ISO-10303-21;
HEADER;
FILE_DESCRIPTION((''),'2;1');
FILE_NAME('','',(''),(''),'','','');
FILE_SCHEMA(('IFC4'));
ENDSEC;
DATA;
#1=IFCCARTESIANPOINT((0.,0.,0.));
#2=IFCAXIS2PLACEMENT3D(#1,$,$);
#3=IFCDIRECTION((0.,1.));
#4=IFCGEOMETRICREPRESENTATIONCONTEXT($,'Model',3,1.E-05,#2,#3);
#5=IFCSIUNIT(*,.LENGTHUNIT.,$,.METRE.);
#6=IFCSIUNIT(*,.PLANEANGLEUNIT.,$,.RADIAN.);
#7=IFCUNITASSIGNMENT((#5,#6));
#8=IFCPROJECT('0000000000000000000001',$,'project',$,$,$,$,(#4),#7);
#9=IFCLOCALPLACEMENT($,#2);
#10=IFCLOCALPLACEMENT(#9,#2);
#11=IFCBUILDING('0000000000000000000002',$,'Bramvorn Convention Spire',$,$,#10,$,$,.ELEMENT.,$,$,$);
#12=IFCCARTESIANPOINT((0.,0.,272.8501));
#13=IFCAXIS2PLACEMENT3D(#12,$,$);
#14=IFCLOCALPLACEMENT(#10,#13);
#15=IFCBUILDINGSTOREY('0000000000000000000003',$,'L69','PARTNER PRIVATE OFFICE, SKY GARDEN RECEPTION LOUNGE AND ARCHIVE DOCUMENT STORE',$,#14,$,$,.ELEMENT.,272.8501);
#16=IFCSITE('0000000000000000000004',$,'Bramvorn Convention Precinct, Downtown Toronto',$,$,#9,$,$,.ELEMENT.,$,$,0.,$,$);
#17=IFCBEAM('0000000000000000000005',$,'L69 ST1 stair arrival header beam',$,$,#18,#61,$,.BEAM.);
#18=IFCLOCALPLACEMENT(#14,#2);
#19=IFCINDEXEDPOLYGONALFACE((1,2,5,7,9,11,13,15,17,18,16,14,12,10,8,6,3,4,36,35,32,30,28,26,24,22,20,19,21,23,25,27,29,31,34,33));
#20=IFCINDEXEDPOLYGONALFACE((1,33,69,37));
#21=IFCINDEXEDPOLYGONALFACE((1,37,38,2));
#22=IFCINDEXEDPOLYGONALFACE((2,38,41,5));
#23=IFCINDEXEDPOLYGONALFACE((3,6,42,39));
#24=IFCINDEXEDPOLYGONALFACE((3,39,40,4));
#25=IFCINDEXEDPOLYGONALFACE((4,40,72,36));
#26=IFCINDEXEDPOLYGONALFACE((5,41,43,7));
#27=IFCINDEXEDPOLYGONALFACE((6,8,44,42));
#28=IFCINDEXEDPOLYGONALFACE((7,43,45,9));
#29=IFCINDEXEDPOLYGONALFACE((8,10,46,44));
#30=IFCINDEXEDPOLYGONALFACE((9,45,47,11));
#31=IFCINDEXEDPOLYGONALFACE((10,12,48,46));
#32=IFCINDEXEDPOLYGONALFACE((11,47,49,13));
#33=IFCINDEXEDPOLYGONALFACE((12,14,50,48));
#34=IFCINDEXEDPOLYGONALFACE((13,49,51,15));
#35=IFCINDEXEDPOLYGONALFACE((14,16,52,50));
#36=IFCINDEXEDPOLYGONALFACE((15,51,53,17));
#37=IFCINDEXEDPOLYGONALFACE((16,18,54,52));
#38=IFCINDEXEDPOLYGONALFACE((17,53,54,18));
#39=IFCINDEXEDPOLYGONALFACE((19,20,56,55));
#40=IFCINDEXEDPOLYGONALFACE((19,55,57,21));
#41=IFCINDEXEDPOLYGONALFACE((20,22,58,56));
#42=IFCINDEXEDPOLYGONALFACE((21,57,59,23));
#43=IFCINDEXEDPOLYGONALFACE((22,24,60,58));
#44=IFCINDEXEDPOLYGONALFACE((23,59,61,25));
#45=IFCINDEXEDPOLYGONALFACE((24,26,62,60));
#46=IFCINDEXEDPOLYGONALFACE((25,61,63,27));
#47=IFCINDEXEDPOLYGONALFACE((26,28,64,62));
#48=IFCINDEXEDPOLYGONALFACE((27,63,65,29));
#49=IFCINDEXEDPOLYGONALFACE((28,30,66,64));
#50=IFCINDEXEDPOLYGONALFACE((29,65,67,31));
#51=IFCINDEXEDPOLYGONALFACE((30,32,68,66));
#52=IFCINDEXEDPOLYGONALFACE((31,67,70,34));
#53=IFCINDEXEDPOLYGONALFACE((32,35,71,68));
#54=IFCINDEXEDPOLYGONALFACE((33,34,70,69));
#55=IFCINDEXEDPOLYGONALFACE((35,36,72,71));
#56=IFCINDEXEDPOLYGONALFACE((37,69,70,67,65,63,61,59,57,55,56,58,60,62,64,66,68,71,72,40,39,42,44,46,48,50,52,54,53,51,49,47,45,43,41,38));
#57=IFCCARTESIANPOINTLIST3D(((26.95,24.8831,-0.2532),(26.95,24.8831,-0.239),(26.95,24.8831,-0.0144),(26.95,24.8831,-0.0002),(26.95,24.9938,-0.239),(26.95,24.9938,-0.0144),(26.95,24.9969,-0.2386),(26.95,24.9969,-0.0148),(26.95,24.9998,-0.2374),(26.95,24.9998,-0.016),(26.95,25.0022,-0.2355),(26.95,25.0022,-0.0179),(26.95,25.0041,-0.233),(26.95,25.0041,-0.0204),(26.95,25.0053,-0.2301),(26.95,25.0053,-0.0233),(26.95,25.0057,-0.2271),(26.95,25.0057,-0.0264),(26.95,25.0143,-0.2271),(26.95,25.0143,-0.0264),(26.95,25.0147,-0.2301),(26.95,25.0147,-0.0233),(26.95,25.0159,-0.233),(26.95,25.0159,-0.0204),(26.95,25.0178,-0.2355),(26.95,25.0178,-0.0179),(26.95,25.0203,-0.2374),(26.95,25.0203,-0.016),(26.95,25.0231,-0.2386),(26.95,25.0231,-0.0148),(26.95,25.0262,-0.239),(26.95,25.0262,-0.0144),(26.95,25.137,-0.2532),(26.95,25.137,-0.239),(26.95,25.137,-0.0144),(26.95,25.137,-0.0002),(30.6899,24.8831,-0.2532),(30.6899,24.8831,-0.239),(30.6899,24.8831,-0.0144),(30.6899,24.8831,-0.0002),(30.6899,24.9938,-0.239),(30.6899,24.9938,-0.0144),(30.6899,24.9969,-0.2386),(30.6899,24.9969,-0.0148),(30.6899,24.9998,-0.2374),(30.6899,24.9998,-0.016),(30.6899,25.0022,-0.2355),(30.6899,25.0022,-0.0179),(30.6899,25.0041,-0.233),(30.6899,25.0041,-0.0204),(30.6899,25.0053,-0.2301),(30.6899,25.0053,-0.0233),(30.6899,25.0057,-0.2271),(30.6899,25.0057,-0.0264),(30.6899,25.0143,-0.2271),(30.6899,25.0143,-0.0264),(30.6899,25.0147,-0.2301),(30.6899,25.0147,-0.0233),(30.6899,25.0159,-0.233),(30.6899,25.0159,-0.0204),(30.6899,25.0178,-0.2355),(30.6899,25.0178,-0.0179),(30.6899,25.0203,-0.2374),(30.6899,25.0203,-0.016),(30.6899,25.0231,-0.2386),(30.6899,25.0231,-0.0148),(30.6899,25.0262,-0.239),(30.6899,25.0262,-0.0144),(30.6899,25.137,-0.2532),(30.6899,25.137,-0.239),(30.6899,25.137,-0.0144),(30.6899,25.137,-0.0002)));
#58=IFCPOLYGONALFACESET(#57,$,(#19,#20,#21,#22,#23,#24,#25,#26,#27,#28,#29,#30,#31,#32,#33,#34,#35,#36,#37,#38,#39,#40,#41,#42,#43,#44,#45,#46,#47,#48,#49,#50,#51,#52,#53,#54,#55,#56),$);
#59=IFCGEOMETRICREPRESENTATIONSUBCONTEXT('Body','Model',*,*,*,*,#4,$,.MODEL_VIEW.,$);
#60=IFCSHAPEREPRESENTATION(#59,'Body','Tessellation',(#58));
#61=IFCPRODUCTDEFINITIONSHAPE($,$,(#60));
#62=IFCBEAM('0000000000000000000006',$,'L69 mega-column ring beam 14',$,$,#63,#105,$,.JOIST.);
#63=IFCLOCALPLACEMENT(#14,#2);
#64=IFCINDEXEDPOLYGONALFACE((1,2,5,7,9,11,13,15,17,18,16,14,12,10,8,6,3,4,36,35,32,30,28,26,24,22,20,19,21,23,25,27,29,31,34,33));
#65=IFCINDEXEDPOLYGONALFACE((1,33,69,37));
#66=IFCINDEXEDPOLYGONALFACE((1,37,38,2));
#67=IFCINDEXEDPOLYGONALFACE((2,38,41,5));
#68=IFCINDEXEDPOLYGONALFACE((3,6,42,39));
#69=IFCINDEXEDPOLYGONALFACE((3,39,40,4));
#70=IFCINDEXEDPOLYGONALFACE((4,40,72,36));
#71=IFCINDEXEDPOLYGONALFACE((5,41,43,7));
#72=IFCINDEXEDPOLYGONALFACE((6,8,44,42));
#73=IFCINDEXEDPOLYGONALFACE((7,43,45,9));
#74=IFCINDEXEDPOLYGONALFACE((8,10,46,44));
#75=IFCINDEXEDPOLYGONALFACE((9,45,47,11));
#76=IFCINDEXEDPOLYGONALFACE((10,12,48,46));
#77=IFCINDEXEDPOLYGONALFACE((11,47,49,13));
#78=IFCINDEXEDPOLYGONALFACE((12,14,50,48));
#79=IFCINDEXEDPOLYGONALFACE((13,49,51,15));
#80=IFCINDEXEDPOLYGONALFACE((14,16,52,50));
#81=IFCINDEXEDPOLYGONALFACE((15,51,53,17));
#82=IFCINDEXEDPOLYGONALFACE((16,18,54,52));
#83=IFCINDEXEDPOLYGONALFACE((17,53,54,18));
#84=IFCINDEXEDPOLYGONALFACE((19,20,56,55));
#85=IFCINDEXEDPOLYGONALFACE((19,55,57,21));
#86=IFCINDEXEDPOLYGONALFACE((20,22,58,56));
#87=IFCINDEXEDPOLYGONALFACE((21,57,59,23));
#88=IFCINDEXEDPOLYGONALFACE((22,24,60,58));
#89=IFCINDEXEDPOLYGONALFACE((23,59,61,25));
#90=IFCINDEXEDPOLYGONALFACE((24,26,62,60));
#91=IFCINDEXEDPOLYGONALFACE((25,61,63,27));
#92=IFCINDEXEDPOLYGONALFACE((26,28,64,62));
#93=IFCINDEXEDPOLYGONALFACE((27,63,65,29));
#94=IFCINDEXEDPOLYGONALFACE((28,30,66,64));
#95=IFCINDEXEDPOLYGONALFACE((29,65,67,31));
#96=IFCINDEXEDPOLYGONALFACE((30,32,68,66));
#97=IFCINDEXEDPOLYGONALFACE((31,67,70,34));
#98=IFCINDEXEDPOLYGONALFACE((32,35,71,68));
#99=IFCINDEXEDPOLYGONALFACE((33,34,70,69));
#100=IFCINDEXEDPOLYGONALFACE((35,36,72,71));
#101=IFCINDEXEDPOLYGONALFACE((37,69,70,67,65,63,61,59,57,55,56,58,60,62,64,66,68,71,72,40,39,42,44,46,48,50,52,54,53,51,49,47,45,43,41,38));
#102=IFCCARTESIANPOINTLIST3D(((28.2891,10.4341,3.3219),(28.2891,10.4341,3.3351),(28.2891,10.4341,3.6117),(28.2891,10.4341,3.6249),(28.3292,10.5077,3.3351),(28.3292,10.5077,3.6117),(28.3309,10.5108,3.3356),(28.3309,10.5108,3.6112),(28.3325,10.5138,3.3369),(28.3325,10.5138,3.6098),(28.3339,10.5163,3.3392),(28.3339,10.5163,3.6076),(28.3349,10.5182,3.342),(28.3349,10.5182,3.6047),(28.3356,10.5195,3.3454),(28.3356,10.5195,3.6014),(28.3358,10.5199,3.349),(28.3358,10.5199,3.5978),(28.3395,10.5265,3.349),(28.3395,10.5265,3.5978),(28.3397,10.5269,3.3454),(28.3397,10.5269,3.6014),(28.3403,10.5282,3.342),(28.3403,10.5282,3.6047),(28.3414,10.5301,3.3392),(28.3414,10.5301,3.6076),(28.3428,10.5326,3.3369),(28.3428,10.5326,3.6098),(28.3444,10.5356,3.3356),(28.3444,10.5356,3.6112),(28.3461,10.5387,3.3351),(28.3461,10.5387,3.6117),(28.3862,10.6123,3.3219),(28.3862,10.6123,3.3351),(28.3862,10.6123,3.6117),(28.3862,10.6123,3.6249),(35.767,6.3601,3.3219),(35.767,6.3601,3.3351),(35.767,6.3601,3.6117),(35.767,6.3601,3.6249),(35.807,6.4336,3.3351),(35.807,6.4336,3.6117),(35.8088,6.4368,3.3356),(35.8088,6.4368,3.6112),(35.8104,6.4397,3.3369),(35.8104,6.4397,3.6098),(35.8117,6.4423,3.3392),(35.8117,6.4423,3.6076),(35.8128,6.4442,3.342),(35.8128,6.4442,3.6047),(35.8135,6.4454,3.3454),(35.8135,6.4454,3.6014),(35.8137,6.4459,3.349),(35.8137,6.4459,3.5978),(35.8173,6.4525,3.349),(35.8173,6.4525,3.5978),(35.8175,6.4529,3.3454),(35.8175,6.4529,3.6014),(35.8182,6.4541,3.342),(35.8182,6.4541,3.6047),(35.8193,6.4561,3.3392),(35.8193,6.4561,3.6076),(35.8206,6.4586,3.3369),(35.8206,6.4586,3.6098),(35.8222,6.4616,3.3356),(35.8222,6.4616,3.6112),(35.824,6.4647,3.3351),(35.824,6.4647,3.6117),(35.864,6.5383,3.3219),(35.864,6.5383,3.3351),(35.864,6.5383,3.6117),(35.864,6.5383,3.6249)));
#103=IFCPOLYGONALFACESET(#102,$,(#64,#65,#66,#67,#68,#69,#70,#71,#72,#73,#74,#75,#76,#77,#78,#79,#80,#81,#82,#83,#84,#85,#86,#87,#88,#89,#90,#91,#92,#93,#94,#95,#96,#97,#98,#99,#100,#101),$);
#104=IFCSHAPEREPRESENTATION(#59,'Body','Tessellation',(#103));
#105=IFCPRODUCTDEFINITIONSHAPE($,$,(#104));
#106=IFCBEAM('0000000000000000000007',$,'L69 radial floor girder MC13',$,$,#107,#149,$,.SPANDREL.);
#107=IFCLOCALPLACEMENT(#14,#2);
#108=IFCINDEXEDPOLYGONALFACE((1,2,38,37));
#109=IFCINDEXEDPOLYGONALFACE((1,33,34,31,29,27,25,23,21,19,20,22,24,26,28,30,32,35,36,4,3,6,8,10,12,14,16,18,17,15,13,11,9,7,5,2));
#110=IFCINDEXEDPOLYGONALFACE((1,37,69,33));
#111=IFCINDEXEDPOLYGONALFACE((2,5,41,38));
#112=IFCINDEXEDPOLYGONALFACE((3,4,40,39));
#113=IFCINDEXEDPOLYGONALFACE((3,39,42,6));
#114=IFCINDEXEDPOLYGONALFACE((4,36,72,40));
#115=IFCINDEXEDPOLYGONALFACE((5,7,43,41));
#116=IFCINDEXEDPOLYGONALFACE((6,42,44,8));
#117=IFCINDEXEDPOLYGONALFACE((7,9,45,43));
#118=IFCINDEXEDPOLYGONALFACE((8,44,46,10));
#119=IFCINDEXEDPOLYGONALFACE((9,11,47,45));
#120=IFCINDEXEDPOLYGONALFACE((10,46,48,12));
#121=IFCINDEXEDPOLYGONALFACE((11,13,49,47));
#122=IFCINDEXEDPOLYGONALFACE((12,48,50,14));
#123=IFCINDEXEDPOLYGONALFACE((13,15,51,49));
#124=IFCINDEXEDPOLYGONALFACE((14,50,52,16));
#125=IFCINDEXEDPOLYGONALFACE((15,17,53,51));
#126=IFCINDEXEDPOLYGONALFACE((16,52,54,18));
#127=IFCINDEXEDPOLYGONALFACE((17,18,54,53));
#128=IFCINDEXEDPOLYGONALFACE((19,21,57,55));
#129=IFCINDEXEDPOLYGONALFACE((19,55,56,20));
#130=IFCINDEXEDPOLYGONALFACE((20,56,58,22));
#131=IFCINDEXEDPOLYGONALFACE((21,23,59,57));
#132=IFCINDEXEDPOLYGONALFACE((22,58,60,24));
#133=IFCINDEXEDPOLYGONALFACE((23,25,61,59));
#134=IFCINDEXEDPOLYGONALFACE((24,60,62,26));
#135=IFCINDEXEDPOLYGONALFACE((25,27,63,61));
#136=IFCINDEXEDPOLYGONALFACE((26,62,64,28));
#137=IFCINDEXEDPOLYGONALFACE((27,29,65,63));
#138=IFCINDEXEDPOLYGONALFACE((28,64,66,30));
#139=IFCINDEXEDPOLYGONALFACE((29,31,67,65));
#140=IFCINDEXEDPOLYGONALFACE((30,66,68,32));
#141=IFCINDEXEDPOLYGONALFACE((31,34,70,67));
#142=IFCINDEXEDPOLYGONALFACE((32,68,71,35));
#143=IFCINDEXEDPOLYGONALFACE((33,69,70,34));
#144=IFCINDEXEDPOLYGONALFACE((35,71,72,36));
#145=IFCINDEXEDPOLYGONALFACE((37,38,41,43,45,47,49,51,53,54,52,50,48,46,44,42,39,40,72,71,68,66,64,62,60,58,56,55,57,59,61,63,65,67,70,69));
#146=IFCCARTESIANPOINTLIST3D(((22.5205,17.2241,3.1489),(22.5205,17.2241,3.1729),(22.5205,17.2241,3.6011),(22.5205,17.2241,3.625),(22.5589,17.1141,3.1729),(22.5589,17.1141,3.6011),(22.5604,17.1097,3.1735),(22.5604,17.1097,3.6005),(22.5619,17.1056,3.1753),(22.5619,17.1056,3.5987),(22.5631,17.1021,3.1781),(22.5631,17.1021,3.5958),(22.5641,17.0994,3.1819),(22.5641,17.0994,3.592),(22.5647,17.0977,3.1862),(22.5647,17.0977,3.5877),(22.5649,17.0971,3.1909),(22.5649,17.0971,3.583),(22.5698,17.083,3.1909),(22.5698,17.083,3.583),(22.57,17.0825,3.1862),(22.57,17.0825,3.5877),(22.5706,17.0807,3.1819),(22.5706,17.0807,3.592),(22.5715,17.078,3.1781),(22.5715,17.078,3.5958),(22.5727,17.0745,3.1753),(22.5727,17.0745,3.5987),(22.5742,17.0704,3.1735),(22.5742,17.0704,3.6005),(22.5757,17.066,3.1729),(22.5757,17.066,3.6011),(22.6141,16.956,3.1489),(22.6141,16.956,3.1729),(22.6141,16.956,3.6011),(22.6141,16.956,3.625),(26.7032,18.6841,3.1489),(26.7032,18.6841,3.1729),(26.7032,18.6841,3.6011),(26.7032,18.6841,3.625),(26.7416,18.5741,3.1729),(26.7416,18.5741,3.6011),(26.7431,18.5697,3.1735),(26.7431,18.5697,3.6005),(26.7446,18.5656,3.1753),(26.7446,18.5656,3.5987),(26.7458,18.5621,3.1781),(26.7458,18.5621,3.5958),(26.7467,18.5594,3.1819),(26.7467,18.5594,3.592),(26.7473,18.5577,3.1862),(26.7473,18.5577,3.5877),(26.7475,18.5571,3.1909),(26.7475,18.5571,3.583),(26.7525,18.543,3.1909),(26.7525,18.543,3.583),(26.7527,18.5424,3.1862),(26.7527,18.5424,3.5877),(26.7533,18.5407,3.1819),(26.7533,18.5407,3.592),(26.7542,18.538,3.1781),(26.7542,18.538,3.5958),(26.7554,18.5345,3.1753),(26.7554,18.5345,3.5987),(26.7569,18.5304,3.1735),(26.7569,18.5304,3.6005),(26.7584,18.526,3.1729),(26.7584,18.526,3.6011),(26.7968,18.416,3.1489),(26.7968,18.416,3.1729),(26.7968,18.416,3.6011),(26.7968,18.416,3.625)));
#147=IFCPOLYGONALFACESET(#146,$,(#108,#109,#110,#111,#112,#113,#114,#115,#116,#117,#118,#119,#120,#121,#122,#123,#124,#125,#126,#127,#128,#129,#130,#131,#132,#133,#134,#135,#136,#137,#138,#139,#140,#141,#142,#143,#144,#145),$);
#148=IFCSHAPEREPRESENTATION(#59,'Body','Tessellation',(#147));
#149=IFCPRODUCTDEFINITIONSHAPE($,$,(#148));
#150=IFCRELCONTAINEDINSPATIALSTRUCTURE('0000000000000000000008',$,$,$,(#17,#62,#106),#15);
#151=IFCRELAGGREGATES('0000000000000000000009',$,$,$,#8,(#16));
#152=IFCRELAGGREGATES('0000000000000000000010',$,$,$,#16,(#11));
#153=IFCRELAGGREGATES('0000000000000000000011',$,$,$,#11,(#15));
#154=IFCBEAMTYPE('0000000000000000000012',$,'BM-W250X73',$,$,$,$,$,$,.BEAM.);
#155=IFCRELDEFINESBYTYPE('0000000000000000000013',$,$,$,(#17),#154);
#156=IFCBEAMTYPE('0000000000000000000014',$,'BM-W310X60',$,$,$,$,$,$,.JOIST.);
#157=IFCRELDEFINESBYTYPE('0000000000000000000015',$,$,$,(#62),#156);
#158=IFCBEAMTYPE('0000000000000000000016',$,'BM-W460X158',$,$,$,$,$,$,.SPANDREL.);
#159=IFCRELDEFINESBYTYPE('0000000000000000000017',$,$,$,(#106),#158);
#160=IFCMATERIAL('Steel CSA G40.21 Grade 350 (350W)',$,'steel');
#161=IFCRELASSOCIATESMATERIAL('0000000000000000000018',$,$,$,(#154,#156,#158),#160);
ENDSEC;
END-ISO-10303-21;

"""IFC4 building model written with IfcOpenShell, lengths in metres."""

from ifc_helpers import new_model, si_unit, direction, frame, origin, origin_2d, place, context, subcontext, project, spatial, i_section, extrude, material, material_profile, profile_set, type_object, element, save


model = new_model("IFC4")

# Units and contexts
model_context = context("Model", 3, precision=1e-05, world=origin(), true_north=direction((0.0, 1.0)))
body_context = subcontext(model_context, "Body", "Model", "MODEL_VIEW")
ifc_project = project(units=[si_unit("LENGTHUNIT", "METRE"), si_unit("PLANEANGLEUNIT", "RADIAN")], contexts=[model_context])

# Site, building, storey
site_placement = place(None, origin())
site = spatial("IfcSite", under=ifc_project, at=site_placement, Name="Bramvorn Convention Precinct, Downtown Toronto", CompositionType="ELEMENT", RefElevation=0.0)
building_placement = place(site_placement, origin())
building = spatial("IfcBuilding", under=site, at=building_placement, Name="Bramvorn Convention Spire", CompositionType="ELEMENT")
storey_placement = place(building_placement, frame((0.0, 0.0, 272.8501)))
storey = spatial("IfcBuildingStorey", under=building, at=storey_placement, Name="L69", Description="PARTNER PRIVATE OFFICE, SKY GARDEN RECEPTION LOUNGE AND ARCHIVE DOCUMENT STORE", CompositionType="ELEMENT", Elevation=272.8501)

# Shared definitions
ifc_material_1 = material(Name="Steel CSA G40.21 Grade 350 (350W)", Category="steel")

# Beams
ifc_material_profile_1 = material_profile(ifc_material_1, i_section(OverallWidth=0.2539, OverallDepth=0.2529, WebThickness=0.0085, FlangeThickness=0.0142, FilletRadius=0.012, at=origin_2d()))
ifc_profile_set_1 = profile_set([ifc_material_profile_1], Name="Steel CSA G40.21 Grade 350 (350W) - W250X73")
beam_type_1 = type_object("IfcBeamType", Name="BM-W250X73", PredefinedType="BEAM", material=ifc_profile_set_1)
beam_1_placement = place(storey_placement, frame((26.95, 25.01, -0.1267), z_axis=(1.0, 0.0, 0.0), x_axis=(0.0, 1.0, 0.0)))
element("IfcBeam", 1, at=beam_1_placement, inside=storey, type_object=beam_type_1, Name="L69 ST1 stair arrival header beam", PredefinedType="BEAM", context=body_context, shape_type="SweptSolid", body=[
    extrude(i_section(OverallWidth=0.2539, OverallDepth=0.2529, WebThickness=0.0085, FlangeThickness=0.0142, FilletRadius=0.012, at=origin_2d()), origin(), (0.0, 0.0, 1.0), 3.74),
])
ifc_material_profile_2 = material_profile(ifc_material_1, i_section(OverallWidth=0.2029, OverallDepth=0.303, WebThickness=0.0076, FlangeThickness=0.0132, FilletRadius=0.0139, at=origin_2d()))
ifc_profile_set_2 = profile_set([ifc_material_profile_2], Name="Steel CSA G40.21 Grade 350 (350W) - W310X60")
beam_type_2 = type_object("IfcBeamType", Name="BM-W310X60", PredefinedType="JOIST", material=ifc_profile_set_2)
beam_2_placement = place(storey_placement, frame((28.3376, 10.5232, 3.4734), z_axis=(0.878133, -0.478416, 0.0), x_axis=(0.478416, 0.878133, 0.0)))
element("IfcBeam", 2, at=beam_2_placement, inside=storey, type_object=beam_type_2, Name="L69 mega-column ring beam 14", PredefinedType="JOIST", context=body_context, shape_type="SweptSolid", body=[
    extrude(i_section(OverallWidth=0.2029, OverallDepth=0.303, WebThickness=0.0076, FlangeThickness=0.0132, FilletRadius=0.0139, at=origin_2d()), origin(), (0.0, 0.0, 1.0), 8.5156),
])
ifc_material_profile_3 = material_profile(ifc_material_1, i_section(OverallWidth=0.2839, OverallDepth=0.4761, WebThickness=0.0149, FlangeThickness=0.0239, FilletRadius=0.0181, at=origin_2d()))
ifc_profile_set_3 = profile_set([ifc_material_profile_3], Name="Steel CSA G40.21 Grade 350 (350W) - W460X158")
beam_type_3 = type_object("IfcBeamType", Name="BM-W460X158", PredefinedType="SPANDREL", material=ifc_profile_set_3)
beam_3_placement = place(storey_placement, frame((26.75, 18.55, 3.387), z_axis=(-0.944136, -0.329555, 0.0), x_axis=(0.329555, -0.944136, 0.0)))
element("IfcBeam", 3, at=beam_3_placement, inside=storey, type_object=beam_type_3, Name="L69 radial floor girder MC13", PredefinedType="SPANDREL", context=body_context, shape_type="SweptSolid", body=[
    extrude(i_section(OverallWidth=0.2839, OverallDepth=0.4761, WebThickness=0.0149, FlangeThickness=0.0239, FilletRadius=0.0181, at=origin_2d()), origin(), (0.0, 0.0, 1.0), 4.4302),
])

save(model, "model.ifc")
